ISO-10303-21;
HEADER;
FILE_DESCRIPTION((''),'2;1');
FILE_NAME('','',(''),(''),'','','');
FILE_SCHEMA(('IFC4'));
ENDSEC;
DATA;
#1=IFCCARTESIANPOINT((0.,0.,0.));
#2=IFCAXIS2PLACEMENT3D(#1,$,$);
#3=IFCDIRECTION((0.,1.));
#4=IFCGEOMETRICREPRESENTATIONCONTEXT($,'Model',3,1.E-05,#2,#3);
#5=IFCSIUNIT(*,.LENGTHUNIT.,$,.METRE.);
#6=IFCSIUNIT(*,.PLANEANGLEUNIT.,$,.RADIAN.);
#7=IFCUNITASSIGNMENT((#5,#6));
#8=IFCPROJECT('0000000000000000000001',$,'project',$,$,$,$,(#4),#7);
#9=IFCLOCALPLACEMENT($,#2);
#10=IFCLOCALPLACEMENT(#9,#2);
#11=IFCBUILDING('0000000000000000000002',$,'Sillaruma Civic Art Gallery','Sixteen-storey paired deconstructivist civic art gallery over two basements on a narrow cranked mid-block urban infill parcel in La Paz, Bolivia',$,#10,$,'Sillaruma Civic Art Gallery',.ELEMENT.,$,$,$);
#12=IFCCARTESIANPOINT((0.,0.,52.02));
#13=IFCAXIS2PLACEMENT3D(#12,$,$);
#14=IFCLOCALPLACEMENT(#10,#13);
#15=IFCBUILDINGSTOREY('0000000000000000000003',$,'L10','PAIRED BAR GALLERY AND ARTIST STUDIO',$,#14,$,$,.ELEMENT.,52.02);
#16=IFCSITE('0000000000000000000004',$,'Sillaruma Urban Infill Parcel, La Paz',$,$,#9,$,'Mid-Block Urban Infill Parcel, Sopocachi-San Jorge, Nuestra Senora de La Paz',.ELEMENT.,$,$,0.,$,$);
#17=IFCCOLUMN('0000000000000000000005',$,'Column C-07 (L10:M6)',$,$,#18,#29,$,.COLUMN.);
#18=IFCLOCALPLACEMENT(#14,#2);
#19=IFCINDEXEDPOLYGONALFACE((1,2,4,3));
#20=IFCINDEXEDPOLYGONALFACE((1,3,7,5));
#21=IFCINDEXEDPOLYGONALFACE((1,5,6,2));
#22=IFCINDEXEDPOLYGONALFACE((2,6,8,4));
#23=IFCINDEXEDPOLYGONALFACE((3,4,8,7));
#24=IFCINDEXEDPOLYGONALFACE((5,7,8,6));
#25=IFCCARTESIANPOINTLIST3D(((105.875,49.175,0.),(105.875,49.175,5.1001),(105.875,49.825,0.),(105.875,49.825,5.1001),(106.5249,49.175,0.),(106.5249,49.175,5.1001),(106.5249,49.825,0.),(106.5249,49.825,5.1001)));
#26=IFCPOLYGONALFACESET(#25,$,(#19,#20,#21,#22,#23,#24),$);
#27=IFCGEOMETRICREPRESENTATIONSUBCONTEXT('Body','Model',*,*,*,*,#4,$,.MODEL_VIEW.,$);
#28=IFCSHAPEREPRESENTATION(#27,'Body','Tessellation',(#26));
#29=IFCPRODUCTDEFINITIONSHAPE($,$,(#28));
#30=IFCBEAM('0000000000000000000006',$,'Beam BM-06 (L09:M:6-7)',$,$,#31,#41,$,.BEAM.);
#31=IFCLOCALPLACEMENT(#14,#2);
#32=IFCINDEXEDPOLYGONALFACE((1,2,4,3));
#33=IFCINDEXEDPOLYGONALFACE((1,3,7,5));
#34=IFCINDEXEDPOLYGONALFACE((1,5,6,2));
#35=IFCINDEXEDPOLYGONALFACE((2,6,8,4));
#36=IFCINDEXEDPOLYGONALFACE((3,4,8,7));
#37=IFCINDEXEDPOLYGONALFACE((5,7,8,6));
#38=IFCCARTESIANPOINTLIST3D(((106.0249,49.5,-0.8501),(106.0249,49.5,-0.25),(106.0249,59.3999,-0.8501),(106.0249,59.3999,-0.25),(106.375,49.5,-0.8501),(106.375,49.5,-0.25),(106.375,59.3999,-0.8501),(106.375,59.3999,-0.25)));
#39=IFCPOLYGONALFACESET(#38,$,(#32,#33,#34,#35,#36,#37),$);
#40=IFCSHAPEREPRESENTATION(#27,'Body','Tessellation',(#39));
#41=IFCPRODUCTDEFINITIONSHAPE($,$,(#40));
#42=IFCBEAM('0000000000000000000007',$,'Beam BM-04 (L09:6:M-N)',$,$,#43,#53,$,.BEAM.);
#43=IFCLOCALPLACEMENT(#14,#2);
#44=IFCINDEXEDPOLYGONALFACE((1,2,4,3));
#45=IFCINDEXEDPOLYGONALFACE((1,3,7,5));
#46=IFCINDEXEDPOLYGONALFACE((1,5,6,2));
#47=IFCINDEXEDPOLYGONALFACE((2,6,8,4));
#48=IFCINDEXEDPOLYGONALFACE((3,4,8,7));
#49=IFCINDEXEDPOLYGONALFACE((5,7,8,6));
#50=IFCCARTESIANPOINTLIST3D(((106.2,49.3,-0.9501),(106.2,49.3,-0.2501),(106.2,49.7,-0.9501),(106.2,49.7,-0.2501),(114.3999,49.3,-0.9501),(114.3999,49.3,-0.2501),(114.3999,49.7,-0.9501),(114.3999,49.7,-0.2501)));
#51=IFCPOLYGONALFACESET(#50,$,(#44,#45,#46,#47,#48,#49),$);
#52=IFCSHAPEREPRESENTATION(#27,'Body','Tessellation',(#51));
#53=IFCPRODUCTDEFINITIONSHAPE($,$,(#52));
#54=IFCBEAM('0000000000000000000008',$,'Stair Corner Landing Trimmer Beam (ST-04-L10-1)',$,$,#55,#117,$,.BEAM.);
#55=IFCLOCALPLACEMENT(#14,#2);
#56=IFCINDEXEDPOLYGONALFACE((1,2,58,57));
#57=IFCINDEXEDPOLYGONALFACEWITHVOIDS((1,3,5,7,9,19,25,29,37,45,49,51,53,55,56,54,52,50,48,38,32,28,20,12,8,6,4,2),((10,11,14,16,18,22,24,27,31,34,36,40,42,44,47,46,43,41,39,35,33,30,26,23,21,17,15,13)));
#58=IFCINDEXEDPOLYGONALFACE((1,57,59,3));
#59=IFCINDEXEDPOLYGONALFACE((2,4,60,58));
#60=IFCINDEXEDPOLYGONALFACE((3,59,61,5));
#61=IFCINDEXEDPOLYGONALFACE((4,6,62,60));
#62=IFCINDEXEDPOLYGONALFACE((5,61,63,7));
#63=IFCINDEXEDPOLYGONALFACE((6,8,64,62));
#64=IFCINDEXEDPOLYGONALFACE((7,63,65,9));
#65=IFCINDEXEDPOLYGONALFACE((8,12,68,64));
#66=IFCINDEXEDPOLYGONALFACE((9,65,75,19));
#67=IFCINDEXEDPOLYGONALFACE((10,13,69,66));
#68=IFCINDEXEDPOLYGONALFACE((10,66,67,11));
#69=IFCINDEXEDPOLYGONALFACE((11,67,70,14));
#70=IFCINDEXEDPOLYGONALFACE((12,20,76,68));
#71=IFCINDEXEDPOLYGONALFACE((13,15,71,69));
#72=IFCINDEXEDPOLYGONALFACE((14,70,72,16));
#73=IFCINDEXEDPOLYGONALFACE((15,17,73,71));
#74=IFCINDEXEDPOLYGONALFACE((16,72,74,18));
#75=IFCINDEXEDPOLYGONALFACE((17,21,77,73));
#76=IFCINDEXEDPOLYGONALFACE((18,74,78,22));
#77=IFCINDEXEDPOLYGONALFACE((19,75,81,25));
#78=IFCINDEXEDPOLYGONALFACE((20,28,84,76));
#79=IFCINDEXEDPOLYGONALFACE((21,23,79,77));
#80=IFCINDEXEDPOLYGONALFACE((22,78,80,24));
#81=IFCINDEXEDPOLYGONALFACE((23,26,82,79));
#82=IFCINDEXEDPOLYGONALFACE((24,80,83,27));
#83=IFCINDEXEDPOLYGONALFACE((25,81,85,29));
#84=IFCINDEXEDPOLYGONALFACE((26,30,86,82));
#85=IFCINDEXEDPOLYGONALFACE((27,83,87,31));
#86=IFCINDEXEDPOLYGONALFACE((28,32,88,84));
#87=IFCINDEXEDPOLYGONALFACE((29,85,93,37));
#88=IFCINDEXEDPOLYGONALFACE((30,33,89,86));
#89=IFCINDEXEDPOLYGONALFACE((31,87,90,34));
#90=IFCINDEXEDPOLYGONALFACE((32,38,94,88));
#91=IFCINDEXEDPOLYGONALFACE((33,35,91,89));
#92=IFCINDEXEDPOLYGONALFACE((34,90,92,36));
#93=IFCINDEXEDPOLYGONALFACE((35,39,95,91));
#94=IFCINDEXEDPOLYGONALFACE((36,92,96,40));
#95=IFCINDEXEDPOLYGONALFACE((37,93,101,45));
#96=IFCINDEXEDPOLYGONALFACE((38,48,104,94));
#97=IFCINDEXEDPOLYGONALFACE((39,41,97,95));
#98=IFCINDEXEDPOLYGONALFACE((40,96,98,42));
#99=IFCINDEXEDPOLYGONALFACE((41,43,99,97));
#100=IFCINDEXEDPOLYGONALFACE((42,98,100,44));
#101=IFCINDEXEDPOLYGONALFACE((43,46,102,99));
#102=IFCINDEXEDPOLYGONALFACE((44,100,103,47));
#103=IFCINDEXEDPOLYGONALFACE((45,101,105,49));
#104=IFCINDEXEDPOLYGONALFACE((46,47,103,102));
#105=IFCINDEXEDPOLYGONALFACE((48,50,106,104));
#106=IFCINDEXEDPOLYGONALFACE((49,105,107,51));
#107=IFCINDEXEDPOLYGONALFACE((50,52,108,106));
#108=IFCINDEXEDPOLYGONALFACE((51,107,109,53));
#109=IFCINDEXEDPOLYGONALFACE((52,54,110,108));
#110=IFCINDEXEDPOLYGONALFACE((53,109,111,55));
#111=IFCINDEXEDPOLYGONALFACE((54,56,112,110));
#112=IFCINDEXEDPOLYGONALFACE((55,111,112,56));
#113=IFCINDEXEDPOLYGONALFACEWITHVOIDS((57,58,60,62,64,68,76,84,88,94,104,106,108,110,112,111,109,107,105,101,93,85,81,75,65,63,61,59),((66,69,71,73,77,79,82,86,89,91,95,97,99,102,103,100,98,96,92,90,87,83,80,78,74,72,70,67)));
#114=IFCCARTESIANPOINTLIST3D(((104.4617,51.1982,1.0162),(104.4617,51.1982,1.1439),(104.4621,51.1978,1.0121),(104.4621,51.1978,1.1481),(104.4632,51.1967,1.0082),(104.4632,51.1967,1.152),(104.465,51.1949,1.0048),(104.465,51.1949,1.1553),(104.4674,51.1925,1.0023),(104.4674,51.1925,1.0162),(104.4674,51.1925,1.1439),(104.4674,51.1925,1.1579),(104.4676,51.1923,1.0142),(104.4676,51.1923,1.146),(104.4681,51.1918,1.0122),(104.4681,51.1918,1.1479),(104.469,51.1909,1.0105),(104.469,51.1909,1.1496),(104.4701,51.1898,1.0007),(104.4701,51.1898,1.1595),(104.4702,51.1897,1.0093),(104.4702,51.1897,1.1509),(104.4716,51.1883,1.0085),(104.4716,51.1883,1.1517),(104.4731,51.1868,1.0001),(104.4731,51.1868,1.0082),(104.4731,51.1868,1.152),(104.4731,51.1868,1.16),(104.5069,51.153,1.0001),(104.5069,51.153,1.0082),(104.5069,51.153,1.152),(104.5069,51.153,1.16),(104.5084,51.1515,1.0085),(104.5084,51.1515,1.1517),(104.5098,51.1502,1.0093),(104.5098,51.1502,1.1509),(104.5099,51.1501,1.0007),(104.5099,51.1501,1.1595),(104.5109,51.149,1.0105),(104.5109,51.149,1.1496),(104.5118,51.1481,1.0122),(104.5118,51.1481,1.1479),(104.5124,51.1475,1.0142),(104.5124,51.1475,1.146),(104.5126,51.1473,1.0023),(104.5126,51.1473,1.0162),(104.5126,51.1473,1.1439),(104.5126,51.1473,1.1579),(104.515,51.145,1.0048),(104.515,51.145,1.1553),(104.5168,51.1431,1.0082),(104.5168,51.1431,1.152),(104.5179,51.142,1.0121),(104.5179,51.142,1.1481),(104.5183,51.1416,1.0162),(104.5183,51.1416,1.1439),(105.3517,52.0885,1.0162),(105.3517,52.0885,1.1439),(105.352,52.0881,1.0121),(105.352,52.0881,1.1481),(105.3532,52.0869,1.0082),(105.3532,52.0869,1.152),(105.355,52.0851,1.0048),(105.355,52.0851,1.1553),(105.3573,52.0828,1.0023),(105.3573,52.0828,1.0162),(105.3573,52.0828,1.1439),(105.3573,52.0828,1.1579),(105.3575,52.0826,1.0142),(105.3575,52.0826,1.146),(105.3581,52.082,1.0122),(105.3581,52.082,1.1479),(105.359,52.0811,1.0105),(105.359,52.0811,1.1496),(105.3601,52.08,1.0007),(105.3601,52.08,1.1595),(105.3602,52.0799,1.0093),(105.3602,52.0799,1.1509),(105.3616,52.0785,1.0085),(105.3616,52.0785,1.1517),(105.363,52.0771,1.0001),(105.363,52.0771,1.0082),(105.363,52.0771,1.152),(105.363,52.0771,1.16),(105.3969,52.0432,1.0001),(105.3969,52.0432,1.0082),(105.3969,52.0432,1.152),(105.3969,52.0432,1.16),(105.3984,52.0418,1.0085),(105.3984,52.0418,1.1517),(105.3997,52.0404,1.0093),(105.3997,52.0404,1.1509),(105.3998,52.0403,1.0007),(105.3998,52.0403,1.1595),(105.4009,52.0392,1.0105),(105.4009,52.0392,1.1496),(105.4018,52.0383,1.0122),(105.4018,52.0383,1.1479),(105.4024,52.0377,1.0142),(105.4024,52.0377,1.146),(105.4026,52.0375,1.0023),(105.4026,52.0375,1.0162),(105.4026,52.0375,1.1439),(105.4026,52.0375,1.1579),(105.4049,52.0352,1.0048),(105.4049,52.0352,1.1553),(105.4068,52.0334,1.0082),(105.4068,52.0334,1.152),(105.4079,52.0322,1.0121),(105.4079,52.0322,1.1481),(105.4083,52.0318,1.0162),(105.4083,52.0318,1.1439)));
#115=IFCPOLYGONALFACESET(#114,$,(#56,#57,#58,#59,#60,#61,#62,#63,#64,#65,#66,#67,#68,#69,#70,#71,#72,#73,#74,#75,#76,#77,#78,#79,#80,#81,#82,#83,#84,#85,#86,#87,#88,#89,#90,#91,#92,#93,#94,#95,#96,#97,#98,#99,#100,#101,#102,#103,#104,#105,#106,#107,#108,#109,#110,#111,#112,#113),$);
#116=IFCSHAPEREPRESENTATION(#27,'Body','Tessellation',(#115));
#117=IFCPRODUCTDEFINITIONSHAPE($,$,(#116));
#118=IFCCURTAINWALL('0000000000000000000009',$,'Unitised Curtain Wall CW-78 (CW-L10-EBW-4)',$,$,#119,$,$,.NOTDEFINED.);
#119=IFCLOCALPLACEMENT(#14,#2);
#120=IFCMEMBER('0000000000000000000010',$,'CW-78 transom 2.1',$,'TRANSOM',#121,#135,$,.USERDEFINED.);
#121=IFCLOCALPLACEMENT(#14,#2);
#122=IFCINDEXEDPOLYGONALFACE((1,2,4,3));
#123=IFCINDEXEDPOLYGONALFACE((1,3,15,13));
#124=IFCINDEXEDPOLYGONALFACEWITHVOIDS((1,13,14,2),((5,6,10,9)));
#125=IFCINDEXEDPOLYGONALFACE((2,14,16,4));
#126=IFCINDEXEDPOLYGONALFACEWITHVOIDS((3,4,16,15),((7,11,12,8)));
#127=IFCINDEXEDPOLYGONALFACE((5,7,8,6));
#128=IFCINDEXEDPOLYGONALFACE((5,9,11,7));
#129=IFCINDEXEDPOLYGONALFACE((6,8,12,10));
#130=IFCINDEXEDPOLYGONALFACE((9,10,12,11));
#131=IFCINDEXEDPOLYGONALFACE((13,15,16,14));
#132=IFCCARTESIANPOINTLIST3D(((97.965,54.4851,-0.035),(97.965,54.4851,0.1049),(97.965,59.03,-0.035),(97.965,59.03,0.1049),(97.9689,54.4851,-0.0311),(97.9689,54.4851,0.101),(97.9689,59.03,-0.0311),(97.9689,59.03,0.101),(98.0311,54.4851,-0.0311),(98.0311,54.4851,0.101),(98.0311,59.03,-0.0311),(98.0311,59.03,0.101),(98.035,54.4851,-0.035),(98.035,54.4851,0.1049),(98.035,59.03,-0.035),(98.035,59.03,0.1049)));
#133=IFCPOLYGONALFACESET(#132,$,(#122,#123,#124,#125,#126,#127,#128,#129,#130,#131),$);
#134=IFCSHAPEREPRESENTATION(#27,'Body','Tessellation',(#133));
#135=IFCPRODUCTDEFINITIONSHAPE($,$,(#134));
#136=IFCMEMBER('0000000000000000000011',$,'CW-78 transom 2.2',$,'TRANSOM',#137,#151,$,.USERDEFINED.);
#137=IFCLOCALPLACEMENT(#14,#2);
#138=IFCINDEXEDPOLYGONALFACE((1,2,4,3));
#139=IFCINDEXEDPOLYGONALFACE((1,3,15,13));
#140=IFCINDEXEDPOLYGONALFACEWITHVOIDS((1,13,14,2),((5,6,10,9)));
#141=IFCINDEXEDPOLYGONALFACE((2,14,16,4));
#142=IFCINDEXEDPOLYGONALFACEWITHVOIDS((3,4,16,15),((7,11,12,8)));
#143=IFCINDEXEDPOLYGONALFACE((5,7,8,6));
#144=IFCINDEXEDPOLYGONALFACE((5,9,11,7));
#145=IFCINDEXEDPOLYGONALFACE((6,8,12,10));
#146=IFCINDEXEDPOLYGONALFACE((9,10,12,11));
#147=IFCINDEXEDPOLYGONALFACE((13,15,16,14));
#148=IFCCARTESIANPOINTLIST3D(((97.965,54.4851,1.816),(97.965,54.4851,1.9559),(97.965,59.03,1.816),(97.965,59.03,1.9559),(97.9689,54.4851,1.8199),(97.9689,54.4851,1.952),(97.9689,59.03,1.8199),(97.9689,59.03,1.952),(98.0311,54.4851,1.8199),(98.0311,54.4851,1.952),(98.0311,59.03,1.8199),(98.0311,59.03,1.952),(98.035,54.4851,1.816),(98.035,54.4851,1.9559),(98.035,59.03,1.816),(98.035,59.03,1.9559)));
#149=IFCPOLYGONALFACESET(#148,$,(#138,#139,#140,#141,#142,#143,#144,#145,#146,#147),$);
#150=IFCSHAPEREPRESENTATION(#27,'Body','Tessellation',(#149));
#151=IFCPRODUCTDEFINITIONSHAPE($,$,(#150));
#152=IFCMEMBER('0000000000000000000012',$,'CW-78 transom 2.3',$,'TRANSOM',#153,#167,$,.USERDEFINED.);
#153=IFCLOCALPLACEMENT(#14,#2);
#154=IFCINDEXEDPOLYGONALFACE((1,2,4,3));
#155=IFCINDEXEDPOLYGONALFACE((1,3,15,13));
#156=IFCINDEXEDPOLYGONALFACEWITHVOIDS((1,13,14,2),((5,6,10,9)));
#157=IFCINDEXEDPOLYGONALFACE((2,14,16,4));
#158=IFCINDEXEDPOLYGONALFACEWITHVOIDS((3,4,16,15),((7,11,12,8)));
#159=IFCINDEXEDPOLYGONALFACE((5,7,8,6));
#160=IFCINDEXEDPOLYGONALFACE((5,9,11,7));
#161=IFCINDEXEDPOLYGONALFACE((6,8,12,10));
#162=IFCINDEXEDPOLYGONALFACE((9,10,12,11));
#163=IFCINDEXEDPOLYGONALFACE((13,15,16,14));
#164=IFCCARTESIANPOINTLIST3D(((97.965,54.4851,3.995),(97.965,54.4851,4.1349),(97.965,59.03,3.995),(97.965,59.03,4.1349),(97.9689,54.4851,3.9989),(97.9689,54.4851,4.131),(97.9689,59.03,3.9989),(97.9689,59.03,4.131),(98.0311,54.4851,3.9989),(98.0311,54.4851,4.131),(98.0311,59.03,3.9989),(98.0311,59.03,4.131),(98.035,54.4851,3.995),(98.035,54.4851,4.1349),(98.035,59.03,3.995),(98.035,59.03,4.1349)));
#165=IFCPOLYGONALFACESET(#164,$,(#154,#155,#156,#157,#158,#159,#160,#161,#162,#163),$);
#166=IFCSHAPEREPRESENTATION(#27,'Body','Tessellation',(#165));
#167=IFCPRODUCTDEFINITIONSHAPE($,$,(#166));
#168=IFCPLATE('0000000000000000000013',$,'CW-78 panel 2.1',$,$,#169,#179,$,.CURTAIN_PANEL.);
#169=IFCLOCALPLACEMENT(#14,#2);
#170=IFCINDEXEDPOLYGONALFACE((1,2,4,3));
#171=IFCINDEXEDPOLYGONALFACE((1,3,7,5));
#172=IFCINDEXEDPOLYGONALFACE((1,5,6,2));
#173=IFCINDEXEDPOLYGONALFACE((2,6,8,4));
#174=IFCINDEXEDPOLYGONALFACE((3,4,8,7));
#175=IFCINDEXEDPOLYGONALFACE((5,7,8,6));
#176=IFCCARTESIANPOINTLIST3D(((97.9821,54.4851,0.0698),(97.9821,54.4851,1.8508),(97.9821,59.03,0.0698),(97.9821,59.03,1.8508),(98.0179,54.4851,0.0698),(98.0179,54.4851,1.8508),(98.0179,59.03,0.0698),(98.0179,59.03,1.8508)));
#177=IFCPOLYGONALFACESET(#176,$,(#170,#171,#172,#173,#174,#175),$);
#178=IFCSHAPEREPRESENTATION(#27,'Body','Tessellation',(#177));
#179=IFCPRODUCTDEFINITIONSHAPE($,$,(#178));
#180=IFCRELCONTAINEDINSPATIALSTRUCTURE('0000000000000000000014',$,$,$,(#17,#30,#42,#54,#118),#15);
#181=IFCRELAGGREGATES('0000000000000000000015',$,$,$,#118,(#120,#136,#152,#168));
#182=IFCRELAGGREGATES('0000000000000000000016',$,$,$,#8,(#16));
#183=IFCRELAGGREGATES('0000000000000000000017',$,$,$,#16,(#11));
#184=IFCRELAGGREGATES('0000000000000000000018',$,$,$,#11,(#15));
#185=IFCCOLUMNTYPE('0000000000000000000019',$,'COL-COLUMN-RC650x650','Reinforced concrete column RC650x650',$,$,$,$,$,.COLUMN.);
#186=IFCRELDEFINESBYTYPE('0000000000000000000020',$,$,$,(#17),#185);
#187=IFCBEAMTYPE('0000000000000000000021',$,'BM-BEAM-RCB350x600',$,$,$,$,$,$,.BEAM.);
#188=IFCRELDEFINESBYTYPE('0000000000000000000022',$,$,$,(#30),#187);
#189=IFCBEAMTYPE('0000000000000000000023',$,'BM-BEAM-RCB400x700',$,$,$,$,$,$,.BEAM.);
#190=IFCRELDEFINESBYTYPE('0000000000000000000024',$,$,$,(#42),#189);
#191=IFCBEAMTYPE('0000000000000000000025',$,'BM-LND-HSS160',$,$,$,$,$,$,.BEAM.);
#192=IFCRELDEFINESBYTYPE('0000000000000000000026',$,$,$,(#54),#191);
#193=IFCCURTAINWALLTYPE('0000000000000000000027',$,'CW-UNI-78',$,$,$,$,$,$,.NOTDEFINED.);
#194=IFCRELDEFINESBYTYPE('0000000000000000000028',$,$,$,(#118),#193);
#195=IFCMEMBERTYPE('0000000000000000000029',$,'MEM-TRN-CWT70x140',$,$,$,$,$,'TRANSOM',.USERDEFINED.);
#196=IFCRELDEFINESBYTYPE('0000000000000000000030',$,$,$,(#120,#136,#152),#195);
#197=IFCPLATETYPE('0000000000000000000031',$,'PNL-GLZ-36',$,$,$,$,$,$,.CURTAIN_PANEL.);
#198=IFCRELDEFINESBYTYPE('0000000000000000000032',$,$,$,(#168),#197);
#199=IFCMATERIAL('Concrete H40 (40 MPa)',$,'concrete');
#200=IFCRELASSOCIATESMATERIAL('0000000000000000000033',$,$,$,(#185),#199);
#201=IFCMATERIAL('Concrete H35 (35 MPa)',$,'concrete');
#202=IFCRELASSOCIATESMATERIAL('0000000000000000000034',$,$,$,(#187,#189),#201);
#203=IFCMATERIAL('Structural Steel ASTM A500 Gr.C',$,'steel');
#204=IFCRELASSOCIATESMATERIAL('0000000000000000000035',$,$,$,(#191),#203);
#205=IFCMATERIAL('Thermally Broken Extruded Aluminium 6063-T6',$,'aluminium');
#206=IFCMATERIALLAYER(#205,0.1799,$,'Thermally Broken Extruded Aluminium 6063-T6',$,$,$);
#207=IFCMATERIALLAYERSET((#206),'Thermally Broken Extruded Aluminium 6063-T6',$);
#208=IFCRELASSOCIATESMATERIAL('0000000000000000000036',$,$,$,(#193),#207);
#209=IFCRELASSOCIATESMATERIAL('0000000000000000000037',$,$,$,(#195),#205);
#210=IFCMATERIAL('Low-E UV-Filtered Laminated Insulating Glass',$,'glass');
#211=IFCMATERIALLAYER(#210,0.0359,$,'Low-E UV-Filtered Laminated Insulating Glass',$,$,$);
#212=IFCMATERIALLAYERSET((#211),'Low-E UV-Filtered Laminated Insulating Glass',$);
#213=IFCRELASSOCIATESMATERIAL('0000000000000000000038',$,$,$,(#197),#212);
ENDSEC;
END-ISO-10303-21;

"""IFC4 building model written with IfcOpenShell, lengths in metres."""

from ifc_helpers import new_model, si_unit, direction, frame, origin, origin_2d, place, context, subcontext, project, spatial, rectangle, hollow_rectangle, extrude, material, layer, layer_set, material_profile, profile_set, type_object, element, aggregate, save


model = new_model("IFC4")

# Units and contexts
model_context = context("Model", 3, precision=1e-05, world=origin(), true_north=direction((0.0, 1.0)))
body_context = subcontext(model_context, "Body", "Model", "MODEL_VIEW")
ifc_project = project(units=[si_unit("LENGTHUNIT", "METRE"), si_unit("PLANEANGLEUNIT", "RADIAN")], contexts=[model_context])

# Site, building, storey
site_placement = place(None, origin())
site = spatial("IfcSite", under=ifc_project, at=site_placement, Name="Sillaruma Urban Infill Parcel, La Paz", LongName="Mid-Block Urban Infill Parcel, Sopocachi-San Jorge, Nuestra Senora de La Paz", CompositionType="ELEMENT", RefElevation=0.0)
building_placement = place(site_placement, origin())
building = spatial("IfcBuilding", under=site, at=building_placement, Name="Sillaruma Civic Art Gallery", Description="Sixteen-storey paired deconstructivist civic art gallery over two basements on a narrow cranked mid-block urban infill parcel in La Paz, Bolivia", LongName="Sillaruma Civic Art Gallery", CompositionType="ELEMENT")
storey_placement = place(building_placement, frame((0.0, 0.0, 52.02)))
storey = spatial("IfcBuildingStorey", under=building, at=storey_placement, Name="L10", Description="PAIRED BAR GALLERY AND ARTIST STUDIO", CompositionType="ELEMENT", Elevation=52.02)

# Column
ifc_material_1 = material(Name="Concrete H40 (40 MPa)", Category="concrete")
ifc_material_profile_1 = material_profile(ifc_material_1, rectangle(XDim=0.6499, YDim=0.6499, at=origin_2d()), Name="RC650x650")
ifc_profile_set_1 = profile_set([ifc_material_profile_1], Name="Concrete H40 (40 MPa)")
column_type = type_object("IfcColumnType", Name="COL-COLUMN-RC650x650", Description="Reinforced concrete column RC650x650", PredefinedType="COLUMN", material=ifc_profile_set_1)
column_placement = place(storey_placement, frame((106.2, 49.5, 0.0), z_axis=(0.0, 0.0, 1.0), x_axis=(1.0, 0.0, 0.0)))
element("IfcColumn", 1, at=column_placement, inside=storey, type_object=column_type, Name="Column C-07 (L10:M6)", PredefinedType="COLUMN", context=body_context, shape_type="SweptSolid", body=[
    extrude(rectangle(XDim=0.6499, YDim=0.6499, at=origin_2d()), origin(), (0.0, 0.0, 1.0), 5.1001),
])

# Beams
ifc_material_2 = material(Name="Concrete H35 (35 MPa)", Category="concrete")
ifc_material_profile_2 = material_profile(ifc_material_2, rectangle(XDim=0.3501, YDim=0.6001, at=origin_2d()), Name="RCB350x600")
ifc_profile_set_2 = profile_set([ifc_material_profile_2], Name="Concrete H35 (35 MPa)")
beam_type_1 = type_object("IfcBeamType", Name="BM-BEAM-RCB350x600", PredefinedType="BEAM", material=ifc_profile_set_2)
beam_1_placement = place(storey_placement, frame((106.2, 49.5, -0.55), z_axis=(0.0, 1.0, 0.0), x_axis=(-1.0, 0.0, 0.0)))
element("IfcBeam", 2, at=beam_1_placement, inside=storey, type_object=beam_type_1, Name="Beam BM-06 (L09:M:6-7)", PredefinedType="BEAM", context=body_context, shape_type="SweptSolid", body=[
    extrude(rectangle(XDim=0.3501, YDim=0.6001, at=origin_2d()), origin(), (0.0, 0.0, 1.0), 9.8999),
])
ifc_material_profile_3 = material_profile(ifc_material_2, rectangle(XDim=0.3999, YDim=0.7, at=origin_2d()), Name="RCB400x700")
ifc_profile_set_3 = profile_set([ifc_material_profile_3], Name="Concrete H35 (35 MPa)")
beam_type_2 = type_object("IfcBeamType", Name="BM-BEAM-RCB400x700", PredefinedType="BEAM", material=ifc_profile_set_3)
beam_2_placement = place(storey_placement, frame((106.2, 49.5, -0.6001), z_axis=(1.0, 0.0, 0.0), x_axis=(0.0, 1.0, 0.0)))
element("IfcBeam", 3, at=beam_2_placement, inside=storey, type_object=beam_type_2, Name="Beam BM-04 (L09:6:M-N)", PredefinedType="BEAM", context=body_context, shape_type="SweptSolid", body=[
    extrude(rectangle(XDim=0.3999, YDim=0.7, at=origin_2d()), origin(), (0.0, 0.0, 1.0), 8.2),
])
ifc_material_3 = material(Name="Structural Steel ASTM A500 Gr.C", Category="steel")
ifc_material_profile_4 = material_profile(ifc_material_3, hollow_rectangle(XDim=0.0801, YDim=0.1599, WallThickness=0.0081, InnerFilletRadius=0.0081, OuterFilletRadius=0.0161, at=origin_2d()), Name="HSS160x80x8")
ifc_profile_set_4 = profile_set([ifc_material_profile_4], Name="Structural Steel ASTM A500 Gr.C")
beam_type_3 = type_object("IfcBeamType", Name="BM-LND-HSS160", PredefinedType="BEAM", material=ifc_profile_set_4)
beam_3_placement = place(storey_placement, frame((104.49, 51.1699, 1.0801), z_axis=(0.70701, 0.707204, 0.0), x_axis=(-0.707204, 0.70701, 0.0)))
element("IfcBeam", 4, at=beam_3_placement, inside=storey, type_object=beam_type_3, Name="Stair Corner Landing Trimmer Beam (ST-04-L10-1)", PredefinedType="BEAM", context=body_context, shape_type="SweptSolid", body=[
    extrude(hollow_rectangle(XDim=0.0801, YDim=0.1599, WallThickness=0.0081, InnerFilletRadius=0.0081, OuterFilletRadius=0.0161, at=origin_2d()), origin(), (0.0, 0.0, 1.0), 1.2588),
])

# Curtain wall, members, plate
ifc_material_4 = material(Name="Thermally Broken Extruded Aluminium 6063-T6", Category="aluminium")
ifc_layer_1 = layer(ifc_material_4, 0.1799, Name="Thermally Broken Extruded Aluminium 6063-T6")
ifc_layer_set_1 = layer_set([ifc_layer_1], Name="Thermally Broken Extruded Aluminium 6063-T6")
curtain_wall_type = type_object("IfcCurtainWallType", Name="CW-UNI-78", PredefinedType="NOTDEFINED", material=ifc_layer_set_1)
curtain_wall_placement = place(storey_placement, origin())
curtain_wall = element("IfcCurtainWall", 5, at=curtain_wall_placement, inside=storey, type_object=curtain_wall_type, Name="Unitised Curtain Wall CW-78 (CW-L10-EBW-4)", PredefinedType="NOTDEFINED")
ifc_material_profile_5 = material_profile(ifc_material_4, hollow_rectangle(XDim=0.0701, YDim=0.1399, WallThickness=0.0039, at=origin_2d()), Name="CWT70x140")
ifc_profile_set_5 = profile_set([ifc_material_profile_5], Name="Thermally Broken Extruded Aluminium 6063-T6")
member_type = type_object("IfcMemberType", Name="MEM-TRN-CWT70x140", ElementType="TRANSOM", PredefinedType="USERDEFINED", material=ifc_profile_set_5)
member_1_placement = place(storey_placement, frame((98.0, 54.4851, 0.0349), z_axis=(0.0, 1.0, 0.0), x_axis=(-1.0, 0.0, 0.0)))
member_1 = element("IfcMember", 6, at=member_1_placement, type_object=member_type, Name="CW-78 transom 2.1", ObjectType="TRANSOM", PredefinedType="USERDEFINED", context=body_context, shape_type="SweptSolid", body=[
    extrude(hollow_rectangle(XDim=0.0701, YDim=0.1399, WallThickness=0.0039, at=origin_2d()), origin(), (0.0, 0.0, 1.0), 4.5449),
])
member_2_placement = place(storey_placement, frame((98.0, 54.4851, 1.886), z_axis=(0.0, 1.0, 0.0), x_axis=(-1.0, 0.0, 0.0)))
member_2 = element("IfcMember", 7, at=member_2_placement, type_object=member_type, Name="CW-78 transom 2.2", ObjectType="TRANSOM", PredefinedType="USERDEFINED", context=body_context, shape_type="SweptSolid", body=[
    extrude(hollow_rectangle(XDim=0.0701, YDim=0.1399, WallThickness=0.0039, at=origin_2d()), origin(), (0.0, 0.0, 1.0), 4.5449),
])
member_3_placement = place(storey_placement, frame((98.0, 54.4851, 4.0649), z_axis=(0.0, 1.0, 0.0), x_axis=(-1.0, 0.0, 0.0)))
member_3 = element("IfcMember", 8, at=member_3_placement, type_object=member_type, Name="CW-78 transom 2.3", ObjectType="TRANSOM", PredefinedType="USERDEFINED", context=body_context, shape_type="SweptSolid", body=[
    extrude(hollow_rectangle(XDim=0.0701, YDim=0.1399, WallThickness=0.0039, at=origin_2d()), origin(), (0.0, 0.0, 1.0), 4.5449),
])
ifc_material_5 = material(Name="Low-E UV-Filtered Laminated Insulating Glass", Category="glass")
ifc_layer_2 = layer(ifc_material_5, 0.0359, Name="Low-E UV-Filtered Laminated Insulating Glass")
ifc_layer_set_2 = layer_set([ifc_layer_2], Name="Low-E UV-Filtered Laminated Insulating Glass")
plate_type = type_object("IfcPlateType", Name="PNL-GLZ-36", PredefinedType="CURTAIN_PANEL", material=ifc_layer_set_2)
plate_1_placement = place(storey_placement, frame((98.0, 56.7576, 0.0698), z_axis=(0.0, 0.0, 1.0), x_axis=(0.0, 1.0, 0.0)))
plate_1 = element("IfcPlate", 9, at=plate_1_placement, type_object=plate_type, Name="CW-78 panel 2.1", PredefinedType="CURTAIN_PANEL", context=body_context, shape_type="SweptSolid", body=[
    extrude(rectangle(XDim=4.5449, YDim=0.0359, at=origin_2d()), origin(), (0.0, 0.0, 1.0), 1.781),
])
aggregate(curtain_wall, [member_1, member_2, member_3, plate_1])

save(model, "model.ifc")
